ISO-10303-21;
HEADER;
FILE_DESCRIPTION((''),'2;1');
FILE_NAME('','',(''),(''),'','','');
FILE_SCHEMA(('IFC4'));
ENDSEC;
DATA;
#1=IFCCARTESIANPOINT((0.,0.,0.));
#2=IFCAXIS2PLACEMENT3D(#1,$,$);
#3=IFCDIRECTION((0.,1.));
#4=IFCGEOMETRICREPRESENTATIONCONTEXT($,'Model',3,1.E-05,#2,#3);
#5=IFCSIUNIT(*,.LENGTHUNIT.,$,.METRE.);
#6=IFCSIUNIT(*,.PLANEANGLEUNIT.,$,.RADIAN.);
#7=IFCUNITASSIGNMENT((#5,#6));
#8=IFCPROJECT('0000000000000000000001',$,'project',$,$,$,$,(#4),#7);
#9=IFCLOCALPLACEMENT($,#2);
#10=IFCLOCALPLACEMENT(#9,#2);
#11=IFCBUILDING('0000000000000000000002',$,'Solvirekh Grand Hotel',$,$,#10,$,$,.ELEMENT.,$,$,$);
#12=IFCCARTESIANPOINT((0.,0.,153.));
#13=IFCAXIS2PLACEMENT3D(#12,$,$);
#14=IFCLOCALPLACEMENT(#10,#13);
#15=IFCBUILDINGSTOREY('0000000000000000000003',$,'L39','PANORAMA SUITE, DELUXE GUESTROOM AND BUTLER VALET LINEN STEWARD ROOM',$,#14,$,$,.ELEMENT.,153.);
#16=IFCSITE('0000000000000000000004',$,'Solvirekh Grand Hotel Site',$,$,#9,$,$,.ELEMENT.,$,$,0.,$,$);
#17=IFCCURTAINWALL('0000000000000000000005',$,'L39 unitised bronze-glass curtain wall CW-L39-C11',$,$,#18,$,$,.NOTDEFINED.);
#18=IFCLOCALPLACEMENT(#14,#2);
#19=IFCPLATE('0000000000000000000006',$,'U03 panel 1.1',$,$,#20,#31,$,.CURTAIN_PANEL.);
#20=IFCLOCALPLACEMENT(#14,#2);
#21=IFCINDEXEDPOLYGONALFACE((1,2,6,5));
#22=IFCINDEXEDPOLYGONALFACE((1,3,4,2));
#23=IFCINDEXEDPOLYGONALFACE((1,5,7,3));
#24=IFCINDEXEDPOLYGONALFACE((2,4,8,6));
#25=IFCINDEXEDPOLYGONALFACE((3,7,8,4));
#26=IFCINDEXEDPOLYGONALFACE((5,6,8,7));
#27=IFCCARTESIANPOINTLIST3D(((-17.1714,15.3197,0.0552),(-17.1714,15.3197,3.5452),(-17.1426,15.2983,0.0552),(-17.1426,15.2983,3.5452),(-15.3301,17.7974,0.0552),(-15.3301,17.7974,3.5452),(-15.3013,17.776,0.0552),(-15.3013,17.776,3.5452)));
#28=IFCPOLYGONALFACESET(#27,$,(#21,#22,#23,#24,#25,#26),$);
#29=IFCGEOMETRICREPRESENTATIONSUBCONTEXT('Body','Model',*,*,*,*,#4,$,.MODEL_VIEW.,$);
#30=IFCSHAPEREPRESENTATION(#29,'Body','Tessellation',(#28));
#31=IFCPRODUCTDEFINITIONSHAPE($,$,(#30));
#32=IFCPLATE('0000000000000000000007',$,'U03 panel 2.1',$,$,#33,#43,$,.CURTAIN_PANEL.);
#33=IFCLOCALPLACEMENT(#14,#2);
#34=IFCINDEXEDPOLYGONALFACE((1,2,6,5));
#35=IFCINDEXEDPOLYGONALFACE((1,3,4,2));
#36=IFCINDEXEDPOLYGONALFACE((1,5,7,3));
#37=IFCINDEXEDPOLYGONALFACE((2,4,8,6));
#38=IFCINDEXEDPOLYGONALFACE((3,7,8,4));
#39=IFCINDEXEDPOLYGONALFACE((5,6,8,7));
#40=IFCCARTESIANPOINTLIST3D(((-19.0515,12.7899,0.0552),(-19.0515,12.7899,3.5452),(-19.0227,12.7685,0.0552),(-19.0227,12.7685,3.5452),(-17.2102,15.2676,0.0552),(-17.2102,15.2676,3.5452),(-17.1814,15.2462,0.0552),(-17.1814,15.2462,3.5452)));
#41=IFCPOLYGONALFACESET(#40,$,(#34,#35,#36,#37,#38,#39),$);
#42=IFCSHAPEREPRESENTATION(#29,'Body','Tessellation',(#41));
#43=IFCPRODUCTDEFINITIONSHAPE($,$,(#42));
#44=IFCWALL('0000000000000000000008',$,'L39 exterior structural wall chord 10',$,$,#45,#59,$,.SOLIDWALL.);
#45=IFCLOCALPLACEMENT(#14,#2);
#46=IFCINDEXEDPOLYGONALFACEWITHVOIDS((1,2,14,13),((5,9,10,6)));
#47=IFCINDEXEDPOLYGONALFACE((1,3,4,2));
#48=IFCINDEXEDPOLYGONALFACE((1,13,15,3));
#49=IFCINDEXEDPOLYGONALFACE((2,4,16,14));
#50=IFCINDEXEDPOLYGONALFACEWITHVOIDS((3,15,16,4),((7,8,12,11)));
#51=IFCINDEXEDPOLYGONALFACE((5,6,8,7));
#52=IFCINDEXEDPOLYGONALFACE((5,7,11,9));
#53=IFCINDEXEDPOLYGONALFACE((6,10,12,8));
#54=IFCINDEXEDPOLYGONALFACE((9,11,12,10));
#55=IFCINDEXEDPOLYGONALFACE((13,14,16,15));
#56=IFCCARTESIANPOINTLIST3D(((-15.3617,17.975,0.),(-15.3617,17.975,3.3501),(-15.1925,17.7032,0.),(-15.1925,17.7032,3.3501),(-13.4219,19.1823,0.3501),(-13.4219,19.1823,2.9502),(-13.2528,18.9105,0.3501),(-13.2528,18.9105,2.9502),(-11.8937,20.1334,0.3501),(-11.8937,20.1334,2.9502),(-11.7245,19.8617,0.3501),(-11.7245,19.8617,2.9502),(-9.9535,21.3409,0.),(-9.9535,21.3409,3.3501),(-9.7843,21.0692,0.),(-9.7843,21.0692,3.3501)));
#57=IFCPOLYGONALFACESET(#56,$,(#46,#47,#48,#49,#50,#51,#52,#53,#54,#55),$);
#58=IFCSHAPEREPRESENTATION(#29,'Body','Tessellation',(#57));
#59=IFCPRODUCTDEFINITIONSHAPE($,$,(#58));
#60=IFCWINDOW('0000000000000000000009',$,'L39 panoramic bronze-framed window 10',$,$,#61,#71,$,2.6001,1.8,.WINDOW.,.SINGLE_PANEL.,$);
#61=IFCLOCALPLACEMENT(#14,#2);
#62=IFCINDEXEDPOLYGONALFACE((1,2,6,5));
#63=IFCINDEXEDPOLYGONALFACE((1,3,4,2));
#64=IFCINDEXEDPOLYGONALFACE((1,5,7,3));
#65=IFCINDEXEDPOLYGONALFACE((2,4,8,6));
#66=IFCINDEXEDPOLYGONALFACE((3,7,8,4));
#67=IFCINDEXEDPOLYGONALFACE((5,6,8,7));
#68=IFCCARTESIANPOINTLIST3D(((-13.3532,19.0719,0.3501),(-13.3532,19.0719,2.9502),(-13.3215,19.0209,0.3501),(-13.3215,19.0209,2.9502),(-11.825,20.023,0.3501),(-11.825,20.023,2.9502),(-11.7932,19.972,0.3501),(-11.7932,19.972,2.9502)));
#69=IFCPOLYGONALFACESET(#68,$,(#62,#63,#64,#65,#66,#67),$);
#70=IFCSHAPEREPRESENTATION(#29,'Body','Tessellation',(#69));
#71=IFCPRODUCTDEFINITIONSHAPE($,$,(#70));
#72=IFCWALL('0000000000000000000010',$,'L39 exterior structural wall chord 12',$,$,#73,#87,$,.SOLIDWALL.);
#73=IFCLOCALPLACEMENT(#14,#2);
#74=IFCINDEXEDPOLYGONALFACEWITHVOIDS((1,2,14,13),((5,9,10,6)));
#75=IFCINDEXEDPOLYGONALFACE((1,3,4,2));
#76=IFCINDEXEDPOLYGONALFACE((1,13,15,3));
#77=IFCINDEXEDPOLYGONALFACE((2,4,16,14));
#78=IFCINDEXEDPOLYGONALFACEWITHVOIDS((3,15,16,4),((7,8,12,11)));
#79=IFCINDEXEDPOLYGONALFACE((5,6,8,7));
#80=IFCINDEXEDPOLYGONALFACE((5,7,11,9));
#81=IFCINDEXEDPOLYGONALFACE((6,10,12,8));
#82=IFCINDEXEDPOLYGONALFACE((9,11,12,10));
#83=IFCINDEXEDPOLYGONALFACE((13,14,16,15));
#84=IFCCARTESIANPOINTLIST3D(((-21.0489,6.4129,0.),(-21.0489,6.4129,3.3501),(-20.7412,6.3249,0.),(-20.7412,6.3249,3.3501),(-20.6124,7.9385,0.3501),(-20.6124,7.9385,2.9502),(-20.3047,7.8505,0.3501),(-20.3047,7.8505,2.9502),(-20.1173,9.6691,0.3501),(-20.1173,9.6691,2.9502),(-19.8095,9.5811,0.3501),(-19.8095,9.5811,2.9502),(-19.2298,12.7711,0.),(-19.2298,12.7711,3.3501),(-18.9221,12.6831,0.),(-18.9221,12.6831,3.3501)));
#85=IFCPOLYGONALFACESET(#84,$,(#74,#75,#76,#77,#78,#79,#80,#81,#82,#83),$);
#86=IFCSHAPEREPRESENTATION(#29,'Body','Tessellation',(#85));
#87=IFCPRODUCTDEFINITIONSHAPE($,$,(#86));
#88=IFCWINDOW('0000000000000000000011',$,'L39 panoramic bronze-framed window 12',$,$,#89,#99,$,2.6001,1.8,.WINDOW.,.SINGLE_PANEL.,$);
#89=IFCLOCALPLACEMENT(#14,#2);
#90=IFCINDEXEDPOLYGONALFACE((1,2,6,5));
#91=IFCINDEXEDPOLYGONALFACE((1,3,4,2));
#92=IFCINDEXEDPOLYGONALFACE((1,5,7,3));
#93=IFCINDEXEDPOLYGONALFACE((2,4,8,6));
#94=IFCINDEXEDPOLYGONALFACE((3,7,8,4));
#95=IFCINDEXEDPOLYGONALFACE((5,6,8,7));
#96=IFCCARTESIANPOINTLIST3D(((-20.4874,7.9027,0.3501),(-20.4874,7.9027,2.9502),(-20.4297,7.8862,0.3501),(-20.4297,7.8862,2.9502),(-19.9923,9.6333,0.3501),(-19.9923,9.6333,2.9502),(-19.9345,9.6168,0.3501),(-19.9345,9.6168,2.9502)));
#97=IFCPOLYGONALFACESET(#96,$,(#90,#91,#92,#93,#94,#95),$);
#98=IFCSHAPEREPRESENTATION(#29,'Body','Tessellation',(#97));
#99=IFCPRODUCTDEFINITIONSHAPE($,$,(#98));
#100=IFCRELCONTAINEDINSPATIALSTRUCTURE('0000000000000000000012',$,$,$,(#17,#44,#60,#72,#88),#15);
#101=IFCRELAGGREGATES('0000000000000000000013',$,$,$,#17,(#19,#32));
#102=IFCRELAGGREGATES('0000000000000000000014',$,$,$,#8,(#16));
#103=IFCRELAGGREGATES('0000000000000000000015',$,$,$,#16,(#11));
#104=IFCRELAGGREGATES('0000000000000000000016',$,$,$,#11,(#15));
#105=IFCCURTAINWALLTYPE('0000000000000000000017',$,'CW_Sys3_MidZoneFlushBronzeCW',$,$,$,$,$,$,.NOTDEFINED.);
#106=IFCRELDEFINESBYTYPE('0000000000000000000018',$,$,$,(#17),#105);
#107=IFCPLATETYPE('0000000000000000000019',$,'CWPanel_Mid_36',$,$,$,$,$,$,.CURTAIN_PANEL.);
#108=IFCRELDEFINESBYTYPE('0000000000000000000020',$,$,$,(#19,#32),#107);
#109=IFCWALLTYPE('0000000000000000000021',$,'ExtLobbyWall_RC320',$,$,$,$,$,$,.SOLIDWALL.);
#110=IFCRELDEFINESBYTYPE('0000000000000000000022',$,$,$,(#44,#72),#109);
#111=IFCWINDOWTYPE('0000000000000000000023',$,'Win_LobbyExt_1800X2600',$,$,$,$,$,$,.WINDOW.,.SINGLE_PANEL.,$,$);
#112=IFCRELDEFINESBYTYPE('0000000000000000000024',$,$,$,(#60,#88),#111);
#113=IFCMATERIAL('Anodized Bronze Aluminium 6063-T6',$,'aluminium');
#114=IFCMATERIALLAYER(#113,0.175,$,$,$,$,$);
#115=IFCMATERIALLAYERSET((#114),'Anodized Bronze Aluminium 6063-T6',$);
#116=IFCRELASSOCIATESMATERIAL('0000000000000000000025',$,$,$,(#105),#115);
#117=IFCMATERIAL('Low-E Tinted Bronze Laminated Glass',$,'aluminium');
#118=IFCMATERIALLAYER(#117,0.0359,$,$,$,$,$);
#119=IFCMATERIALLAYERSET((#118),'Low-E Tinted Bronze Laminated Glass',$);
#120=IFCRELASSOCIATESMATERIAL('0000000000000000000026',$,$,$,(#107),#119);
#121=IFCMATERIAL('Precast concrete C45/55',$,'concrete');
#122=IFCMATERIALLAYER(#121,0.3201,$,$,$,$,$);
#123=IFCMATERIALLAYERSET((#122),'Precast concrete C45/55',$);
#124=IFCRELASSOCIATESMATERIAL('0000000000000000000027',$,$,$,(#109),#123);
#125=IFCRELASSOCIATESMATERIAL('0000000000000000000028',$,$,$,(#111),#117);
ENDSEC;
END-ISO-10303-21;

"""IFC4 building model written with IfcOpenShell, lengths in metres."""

from ifc_helpers import new_model, si_unit, direction, frame, frame_2d, origin, origin_2d, place, context, subcontext, project, spatial, rectangle, extrude, source, transform, mapped, material, layer, layer_set, type_object, element, fill, aggregate, save


model = new_model("IFC4")

# Units and contexts
model_context = context("Model", 3, precision=1e-05, world=origin(), true_north=direction((0.0, 1.0)))
body_context = subcontext(model_context, "Body", "Model", "MODEL_VIEW")
ifc_project = project(units=[si_unit("LENGTHUNIT", "METRE"), si_unit("PLANEANGLEUNIT", "RADIAN")], contexts=[model_context])

# Site, building, storey
site_placement = place(None, origin())
site = spatial("IfcSite", under=ifc_project, at=site_placement, Name="Solvirekh Grand Hotel Site", CompositionType="ELEMENT", RefElevation=0.0)
building_placement = place(site_placement, origin())
building = spatial("IfcBuilding", under=site, at=building_placement, Name="Solvirekh Grand Hotel", CompositionType="ELEMENT")
storey_placement = place(building_placement, frame((0.0, 0.0, 153.0)))
storey = spatial("IfcBuildingStorey", under=building, at=storey_placement, Name="L39", Description="PANORAMA SUITE, DELUXE GUESTROOM AND BUTLER VALET LINEN STEWARD ROOM", CompositionType="ELEMENT", Elevation=153.0)

# Curtain wall
ifc_material_1 = material(Name="Anodized Bronze Aluminium 6063-T6", Category="aluminium")
ifc_layer_1 = layer(ifc_material_1, 0.175)
ifc_layer_set_1 = layer_set([ifc_layer_1], Name="Anodized Bronze Aluminium 6063-T6")
curtain_wall_type = type_object("IfcCurtainWallType", Name="CW_Sys3_MidZoneFlushBronzeCW", PredefinedType="NOTDEFINED", material=ifc_layer_set_1)
curtain_wall_1_placement = place(storey_placement, origin())
curtain_wall_1 = element("IfcCurtainWall", 1, at=curtain_wall_1_placement, inside=storey, type_object=curtain_wall_type, Name="L39 unitised bronze-glass curtain wall CW-L39-C11", PredefinedType="NOTDEFINED")

# Plates
ifc_material_2 = material(Name="Low-E Tinted Bronze Laminated Glass", Category="aluminium")
ifc_layer_2 = layer(ifc_material_2, 0.0359)
ifc_layer_set_2 = layer_set([ifc_layer_2], Name="Low-E Tinted Bronze Laminated Glass")
plate_type = type_object("IfcPlateType", Name="CWPanel_Mid_36", PredefinedType="CURTAIN_PANEL", material=ifc_layer_set_2)
shared_shape_1 = source(origin(), body_context, "Body", "SweptSolid", [
    extrude(rectangle(XDim=3.0869, YDim=0.0359, at=origin_2d()), origin(), (0.0, 0.0, 1.0), 3.49),
])
plate_1_placement = place(storey_placement, frame((-16.2363, 16.5479, 0.0552), z_axis=(0.0, 0.0, 1.0), x_axis=(-0.596477, -0.80263, 0.0)))
plate_1 = element("IfcPlate", 2, at=plate_1_placement, type_object=plate_type, Name="U03 panel 1.1", PredefinedType="CURTAIN_PANEL", context=body_context, shape_type="MappedRepresentation", body=[
    mapped(shared_shape_1, transform((0.0, 0.0, 0.0), x_axis=(1.0, 0.0, 0.0), y_axis=(0.0, 1.0, 0.0), z_axis=(0.0, 0.0, 1.0), scale=1.0)),
])
plate_2_placement = place(storey_placement, frame((-18.1165, 14.0181, 0.0552), z_axis=(0.0, 0.0, 1.0), x_axis=(-0.596477, -0.80263, 0.0)))
plate_2 = element("IfcPlate", 3, at=plate_2_placement, type_object=plate_type, Name="U03 panel 2.1", PredefinedType="CURTAIN_PANEL", context=body_context, shape_type="MappedRepresentation", body=[
    mapped(shared_shape_1, transform((0.0, 0.0, 0.0), x_axis=(1.0, 0.0, 0.0), y_axis=(0.0, 1.0, 0.0), z_axis=(0.0, 0.0, 1.0), scale=1.0)),
])
aggregate(curtain_wall_1, [plate_1, plate_2])

# Walls, openings, windows
ifc_material_3 = material(Name="Precast concrete C45/55", Category="concrete")
ifc_layer_3 = layer(ifc_material_3, 0.3201)
ifc_layer_set_3 = layer_set([ifc_layer_3], Name="Precast concrete C45/55")
wall_type = type_object("IfcWallType", Name="ExtLobbyWall_RC320", PredefinedType="SOLIDWALL", material=ifc_layer_set_3)
wall_1_placement = place(storey_placement, frame((-15.2771, 17.8391, 0.0), z_axis=(0.0, 0.0, 1.0), x_axis=(0.848996, 0.5284, 0.0)))
wall_1 = element("IfcWall", 4, at=wall_1_placement, inside=storey, type_object=wall_type, Name="L39 exterior structural wall chord 10", PredefinedType="SOLIDWALL", context=body_context, shape_type="SweptSolid", body=[
    extrude(rectangle(XDim=6.3701, YDim=0.3201, at=frame_2d((3.1851, 0.0))), origin(), (0.0, 0.0, 1.0), 3.3501),
])
opening_1_placement = place(wall_1_placement, frame((2.2849, 0.0, 0.3501)))
opening_1 = element("IfcOpeningElement", 5, at=opening_1_placement, cuts=wall_1, PredefinedType="OPENING", context=body_context, shape_type="SweptSolid", body=[
    extrude(rectangle(XDim=1.8, YDim=2.6001, at=frame_2d((0.8999, 1.3))), frame((0.0, 0.1699, 0.0), z_axis=(0.0, -1.0, 0.0), x_axis=(1.0, 0.0, 0.0)), (0.0, 0.0, 1.0), 0.3401),
])
window_type = type_object("IfcWindowType", Name="Win_LobbyExt_1800X2600", PartitioningType="SINGLE_PANEL", PredefinedType="WINDOW", material=ifc_material_2)
window_1_placement = place(opening_1_placement, origin())
window_1 = element("IfcWindow", 6, at=window_1_placement, inside=storey, type_object=window_type, Name="L39 panoramic bronze-framed window 10", OverallHeight=2.6001, OverallWidth=1.8, PartitioningType="SINGLE_PANEL", PredefinedType="WINDOW", context=body_context, shape_type="SweptSolid", body=[
    extrude(rectangle(XDim=1.8, YDim=2.6001, at=frame_2d((0.8999, 1.3))), frame((0.0, 0.03, 0.0), z_axis=(0.0, -1.0, 0.0), x_axis=(1.0, 0.0, 0.0)), (0.0, 0.0, 1.0), 0.0601),
])
fill(opening_1, window_1)
wall_2_placement = place(storey_placement, frame((-20.895, 6.3689, 0.0), z_axis=(0.0, 0.0, 1.0), x_axis=(0.275067, 0.961425, 0.0)))
wall_2 = element("IfcWall", 7, at=wall_2_placement, inside=storey, type_object=wall_type, Name="L39 exterior structural wall chord 12", PredefinedType="SOLIDWALL", context=body_context, shape_type="SweptSolid", body=[
    extrude(rectangle(XDim=6.6133, YDim=0.3201, at=frame_2d((3.3066, 0.0))), origin(), (0.0, 0.0, 1.0), 3.3501),
])
opening_2_placement = place(wall_2_placement, frame((1.5869, 0.0, 0.3501)))
opening_2 = element("IfcOpeningElement", 8, at=opening_2_placement, cuts=wall_2, PredefinedType="OPENING", context=body_context, shape_type="SweptSolid", body=[
    extrude(rectangle(XDim=1.8, YDim=2.6001, at=frame_2d((0.8999, 1.3))), frame((0.0, 0.1699, 0.0), z_axis=(0.0, -1.0, 0.0), x_axis=(1.0, 0.0, 0.0)), (0.0, 0.0, 1.0), 0.3401),
])
window_2_placement = place(opening_2_placement, origin())
window_2 = element("IfcWindow", 9, at=window_2_placement, inside=storey, type_object=window_type, Name="L39 panoramic bronze-framed window 12", OverallHeight=2.6001, OverallWidth=1.8, PartitioningType="SINGLE_PANEL", PredefinedType="WINDOW", context=body_context, shape_type="SweptSolid", body=[
    extrude(rectangle(XDim=1.8, YDim=2.6001, at=frame_2d((0.8999, 1.3))), frame((0.0, 0.03, 0.0), z_axis=(0.0, -1.0, 0.0), x_axis=(1.0, 0.0, 0.0)), (0.0, 0.0, 1.0), 0.0601),
])
fill(opening_2, window_2)

save(model, "model.ifc")
